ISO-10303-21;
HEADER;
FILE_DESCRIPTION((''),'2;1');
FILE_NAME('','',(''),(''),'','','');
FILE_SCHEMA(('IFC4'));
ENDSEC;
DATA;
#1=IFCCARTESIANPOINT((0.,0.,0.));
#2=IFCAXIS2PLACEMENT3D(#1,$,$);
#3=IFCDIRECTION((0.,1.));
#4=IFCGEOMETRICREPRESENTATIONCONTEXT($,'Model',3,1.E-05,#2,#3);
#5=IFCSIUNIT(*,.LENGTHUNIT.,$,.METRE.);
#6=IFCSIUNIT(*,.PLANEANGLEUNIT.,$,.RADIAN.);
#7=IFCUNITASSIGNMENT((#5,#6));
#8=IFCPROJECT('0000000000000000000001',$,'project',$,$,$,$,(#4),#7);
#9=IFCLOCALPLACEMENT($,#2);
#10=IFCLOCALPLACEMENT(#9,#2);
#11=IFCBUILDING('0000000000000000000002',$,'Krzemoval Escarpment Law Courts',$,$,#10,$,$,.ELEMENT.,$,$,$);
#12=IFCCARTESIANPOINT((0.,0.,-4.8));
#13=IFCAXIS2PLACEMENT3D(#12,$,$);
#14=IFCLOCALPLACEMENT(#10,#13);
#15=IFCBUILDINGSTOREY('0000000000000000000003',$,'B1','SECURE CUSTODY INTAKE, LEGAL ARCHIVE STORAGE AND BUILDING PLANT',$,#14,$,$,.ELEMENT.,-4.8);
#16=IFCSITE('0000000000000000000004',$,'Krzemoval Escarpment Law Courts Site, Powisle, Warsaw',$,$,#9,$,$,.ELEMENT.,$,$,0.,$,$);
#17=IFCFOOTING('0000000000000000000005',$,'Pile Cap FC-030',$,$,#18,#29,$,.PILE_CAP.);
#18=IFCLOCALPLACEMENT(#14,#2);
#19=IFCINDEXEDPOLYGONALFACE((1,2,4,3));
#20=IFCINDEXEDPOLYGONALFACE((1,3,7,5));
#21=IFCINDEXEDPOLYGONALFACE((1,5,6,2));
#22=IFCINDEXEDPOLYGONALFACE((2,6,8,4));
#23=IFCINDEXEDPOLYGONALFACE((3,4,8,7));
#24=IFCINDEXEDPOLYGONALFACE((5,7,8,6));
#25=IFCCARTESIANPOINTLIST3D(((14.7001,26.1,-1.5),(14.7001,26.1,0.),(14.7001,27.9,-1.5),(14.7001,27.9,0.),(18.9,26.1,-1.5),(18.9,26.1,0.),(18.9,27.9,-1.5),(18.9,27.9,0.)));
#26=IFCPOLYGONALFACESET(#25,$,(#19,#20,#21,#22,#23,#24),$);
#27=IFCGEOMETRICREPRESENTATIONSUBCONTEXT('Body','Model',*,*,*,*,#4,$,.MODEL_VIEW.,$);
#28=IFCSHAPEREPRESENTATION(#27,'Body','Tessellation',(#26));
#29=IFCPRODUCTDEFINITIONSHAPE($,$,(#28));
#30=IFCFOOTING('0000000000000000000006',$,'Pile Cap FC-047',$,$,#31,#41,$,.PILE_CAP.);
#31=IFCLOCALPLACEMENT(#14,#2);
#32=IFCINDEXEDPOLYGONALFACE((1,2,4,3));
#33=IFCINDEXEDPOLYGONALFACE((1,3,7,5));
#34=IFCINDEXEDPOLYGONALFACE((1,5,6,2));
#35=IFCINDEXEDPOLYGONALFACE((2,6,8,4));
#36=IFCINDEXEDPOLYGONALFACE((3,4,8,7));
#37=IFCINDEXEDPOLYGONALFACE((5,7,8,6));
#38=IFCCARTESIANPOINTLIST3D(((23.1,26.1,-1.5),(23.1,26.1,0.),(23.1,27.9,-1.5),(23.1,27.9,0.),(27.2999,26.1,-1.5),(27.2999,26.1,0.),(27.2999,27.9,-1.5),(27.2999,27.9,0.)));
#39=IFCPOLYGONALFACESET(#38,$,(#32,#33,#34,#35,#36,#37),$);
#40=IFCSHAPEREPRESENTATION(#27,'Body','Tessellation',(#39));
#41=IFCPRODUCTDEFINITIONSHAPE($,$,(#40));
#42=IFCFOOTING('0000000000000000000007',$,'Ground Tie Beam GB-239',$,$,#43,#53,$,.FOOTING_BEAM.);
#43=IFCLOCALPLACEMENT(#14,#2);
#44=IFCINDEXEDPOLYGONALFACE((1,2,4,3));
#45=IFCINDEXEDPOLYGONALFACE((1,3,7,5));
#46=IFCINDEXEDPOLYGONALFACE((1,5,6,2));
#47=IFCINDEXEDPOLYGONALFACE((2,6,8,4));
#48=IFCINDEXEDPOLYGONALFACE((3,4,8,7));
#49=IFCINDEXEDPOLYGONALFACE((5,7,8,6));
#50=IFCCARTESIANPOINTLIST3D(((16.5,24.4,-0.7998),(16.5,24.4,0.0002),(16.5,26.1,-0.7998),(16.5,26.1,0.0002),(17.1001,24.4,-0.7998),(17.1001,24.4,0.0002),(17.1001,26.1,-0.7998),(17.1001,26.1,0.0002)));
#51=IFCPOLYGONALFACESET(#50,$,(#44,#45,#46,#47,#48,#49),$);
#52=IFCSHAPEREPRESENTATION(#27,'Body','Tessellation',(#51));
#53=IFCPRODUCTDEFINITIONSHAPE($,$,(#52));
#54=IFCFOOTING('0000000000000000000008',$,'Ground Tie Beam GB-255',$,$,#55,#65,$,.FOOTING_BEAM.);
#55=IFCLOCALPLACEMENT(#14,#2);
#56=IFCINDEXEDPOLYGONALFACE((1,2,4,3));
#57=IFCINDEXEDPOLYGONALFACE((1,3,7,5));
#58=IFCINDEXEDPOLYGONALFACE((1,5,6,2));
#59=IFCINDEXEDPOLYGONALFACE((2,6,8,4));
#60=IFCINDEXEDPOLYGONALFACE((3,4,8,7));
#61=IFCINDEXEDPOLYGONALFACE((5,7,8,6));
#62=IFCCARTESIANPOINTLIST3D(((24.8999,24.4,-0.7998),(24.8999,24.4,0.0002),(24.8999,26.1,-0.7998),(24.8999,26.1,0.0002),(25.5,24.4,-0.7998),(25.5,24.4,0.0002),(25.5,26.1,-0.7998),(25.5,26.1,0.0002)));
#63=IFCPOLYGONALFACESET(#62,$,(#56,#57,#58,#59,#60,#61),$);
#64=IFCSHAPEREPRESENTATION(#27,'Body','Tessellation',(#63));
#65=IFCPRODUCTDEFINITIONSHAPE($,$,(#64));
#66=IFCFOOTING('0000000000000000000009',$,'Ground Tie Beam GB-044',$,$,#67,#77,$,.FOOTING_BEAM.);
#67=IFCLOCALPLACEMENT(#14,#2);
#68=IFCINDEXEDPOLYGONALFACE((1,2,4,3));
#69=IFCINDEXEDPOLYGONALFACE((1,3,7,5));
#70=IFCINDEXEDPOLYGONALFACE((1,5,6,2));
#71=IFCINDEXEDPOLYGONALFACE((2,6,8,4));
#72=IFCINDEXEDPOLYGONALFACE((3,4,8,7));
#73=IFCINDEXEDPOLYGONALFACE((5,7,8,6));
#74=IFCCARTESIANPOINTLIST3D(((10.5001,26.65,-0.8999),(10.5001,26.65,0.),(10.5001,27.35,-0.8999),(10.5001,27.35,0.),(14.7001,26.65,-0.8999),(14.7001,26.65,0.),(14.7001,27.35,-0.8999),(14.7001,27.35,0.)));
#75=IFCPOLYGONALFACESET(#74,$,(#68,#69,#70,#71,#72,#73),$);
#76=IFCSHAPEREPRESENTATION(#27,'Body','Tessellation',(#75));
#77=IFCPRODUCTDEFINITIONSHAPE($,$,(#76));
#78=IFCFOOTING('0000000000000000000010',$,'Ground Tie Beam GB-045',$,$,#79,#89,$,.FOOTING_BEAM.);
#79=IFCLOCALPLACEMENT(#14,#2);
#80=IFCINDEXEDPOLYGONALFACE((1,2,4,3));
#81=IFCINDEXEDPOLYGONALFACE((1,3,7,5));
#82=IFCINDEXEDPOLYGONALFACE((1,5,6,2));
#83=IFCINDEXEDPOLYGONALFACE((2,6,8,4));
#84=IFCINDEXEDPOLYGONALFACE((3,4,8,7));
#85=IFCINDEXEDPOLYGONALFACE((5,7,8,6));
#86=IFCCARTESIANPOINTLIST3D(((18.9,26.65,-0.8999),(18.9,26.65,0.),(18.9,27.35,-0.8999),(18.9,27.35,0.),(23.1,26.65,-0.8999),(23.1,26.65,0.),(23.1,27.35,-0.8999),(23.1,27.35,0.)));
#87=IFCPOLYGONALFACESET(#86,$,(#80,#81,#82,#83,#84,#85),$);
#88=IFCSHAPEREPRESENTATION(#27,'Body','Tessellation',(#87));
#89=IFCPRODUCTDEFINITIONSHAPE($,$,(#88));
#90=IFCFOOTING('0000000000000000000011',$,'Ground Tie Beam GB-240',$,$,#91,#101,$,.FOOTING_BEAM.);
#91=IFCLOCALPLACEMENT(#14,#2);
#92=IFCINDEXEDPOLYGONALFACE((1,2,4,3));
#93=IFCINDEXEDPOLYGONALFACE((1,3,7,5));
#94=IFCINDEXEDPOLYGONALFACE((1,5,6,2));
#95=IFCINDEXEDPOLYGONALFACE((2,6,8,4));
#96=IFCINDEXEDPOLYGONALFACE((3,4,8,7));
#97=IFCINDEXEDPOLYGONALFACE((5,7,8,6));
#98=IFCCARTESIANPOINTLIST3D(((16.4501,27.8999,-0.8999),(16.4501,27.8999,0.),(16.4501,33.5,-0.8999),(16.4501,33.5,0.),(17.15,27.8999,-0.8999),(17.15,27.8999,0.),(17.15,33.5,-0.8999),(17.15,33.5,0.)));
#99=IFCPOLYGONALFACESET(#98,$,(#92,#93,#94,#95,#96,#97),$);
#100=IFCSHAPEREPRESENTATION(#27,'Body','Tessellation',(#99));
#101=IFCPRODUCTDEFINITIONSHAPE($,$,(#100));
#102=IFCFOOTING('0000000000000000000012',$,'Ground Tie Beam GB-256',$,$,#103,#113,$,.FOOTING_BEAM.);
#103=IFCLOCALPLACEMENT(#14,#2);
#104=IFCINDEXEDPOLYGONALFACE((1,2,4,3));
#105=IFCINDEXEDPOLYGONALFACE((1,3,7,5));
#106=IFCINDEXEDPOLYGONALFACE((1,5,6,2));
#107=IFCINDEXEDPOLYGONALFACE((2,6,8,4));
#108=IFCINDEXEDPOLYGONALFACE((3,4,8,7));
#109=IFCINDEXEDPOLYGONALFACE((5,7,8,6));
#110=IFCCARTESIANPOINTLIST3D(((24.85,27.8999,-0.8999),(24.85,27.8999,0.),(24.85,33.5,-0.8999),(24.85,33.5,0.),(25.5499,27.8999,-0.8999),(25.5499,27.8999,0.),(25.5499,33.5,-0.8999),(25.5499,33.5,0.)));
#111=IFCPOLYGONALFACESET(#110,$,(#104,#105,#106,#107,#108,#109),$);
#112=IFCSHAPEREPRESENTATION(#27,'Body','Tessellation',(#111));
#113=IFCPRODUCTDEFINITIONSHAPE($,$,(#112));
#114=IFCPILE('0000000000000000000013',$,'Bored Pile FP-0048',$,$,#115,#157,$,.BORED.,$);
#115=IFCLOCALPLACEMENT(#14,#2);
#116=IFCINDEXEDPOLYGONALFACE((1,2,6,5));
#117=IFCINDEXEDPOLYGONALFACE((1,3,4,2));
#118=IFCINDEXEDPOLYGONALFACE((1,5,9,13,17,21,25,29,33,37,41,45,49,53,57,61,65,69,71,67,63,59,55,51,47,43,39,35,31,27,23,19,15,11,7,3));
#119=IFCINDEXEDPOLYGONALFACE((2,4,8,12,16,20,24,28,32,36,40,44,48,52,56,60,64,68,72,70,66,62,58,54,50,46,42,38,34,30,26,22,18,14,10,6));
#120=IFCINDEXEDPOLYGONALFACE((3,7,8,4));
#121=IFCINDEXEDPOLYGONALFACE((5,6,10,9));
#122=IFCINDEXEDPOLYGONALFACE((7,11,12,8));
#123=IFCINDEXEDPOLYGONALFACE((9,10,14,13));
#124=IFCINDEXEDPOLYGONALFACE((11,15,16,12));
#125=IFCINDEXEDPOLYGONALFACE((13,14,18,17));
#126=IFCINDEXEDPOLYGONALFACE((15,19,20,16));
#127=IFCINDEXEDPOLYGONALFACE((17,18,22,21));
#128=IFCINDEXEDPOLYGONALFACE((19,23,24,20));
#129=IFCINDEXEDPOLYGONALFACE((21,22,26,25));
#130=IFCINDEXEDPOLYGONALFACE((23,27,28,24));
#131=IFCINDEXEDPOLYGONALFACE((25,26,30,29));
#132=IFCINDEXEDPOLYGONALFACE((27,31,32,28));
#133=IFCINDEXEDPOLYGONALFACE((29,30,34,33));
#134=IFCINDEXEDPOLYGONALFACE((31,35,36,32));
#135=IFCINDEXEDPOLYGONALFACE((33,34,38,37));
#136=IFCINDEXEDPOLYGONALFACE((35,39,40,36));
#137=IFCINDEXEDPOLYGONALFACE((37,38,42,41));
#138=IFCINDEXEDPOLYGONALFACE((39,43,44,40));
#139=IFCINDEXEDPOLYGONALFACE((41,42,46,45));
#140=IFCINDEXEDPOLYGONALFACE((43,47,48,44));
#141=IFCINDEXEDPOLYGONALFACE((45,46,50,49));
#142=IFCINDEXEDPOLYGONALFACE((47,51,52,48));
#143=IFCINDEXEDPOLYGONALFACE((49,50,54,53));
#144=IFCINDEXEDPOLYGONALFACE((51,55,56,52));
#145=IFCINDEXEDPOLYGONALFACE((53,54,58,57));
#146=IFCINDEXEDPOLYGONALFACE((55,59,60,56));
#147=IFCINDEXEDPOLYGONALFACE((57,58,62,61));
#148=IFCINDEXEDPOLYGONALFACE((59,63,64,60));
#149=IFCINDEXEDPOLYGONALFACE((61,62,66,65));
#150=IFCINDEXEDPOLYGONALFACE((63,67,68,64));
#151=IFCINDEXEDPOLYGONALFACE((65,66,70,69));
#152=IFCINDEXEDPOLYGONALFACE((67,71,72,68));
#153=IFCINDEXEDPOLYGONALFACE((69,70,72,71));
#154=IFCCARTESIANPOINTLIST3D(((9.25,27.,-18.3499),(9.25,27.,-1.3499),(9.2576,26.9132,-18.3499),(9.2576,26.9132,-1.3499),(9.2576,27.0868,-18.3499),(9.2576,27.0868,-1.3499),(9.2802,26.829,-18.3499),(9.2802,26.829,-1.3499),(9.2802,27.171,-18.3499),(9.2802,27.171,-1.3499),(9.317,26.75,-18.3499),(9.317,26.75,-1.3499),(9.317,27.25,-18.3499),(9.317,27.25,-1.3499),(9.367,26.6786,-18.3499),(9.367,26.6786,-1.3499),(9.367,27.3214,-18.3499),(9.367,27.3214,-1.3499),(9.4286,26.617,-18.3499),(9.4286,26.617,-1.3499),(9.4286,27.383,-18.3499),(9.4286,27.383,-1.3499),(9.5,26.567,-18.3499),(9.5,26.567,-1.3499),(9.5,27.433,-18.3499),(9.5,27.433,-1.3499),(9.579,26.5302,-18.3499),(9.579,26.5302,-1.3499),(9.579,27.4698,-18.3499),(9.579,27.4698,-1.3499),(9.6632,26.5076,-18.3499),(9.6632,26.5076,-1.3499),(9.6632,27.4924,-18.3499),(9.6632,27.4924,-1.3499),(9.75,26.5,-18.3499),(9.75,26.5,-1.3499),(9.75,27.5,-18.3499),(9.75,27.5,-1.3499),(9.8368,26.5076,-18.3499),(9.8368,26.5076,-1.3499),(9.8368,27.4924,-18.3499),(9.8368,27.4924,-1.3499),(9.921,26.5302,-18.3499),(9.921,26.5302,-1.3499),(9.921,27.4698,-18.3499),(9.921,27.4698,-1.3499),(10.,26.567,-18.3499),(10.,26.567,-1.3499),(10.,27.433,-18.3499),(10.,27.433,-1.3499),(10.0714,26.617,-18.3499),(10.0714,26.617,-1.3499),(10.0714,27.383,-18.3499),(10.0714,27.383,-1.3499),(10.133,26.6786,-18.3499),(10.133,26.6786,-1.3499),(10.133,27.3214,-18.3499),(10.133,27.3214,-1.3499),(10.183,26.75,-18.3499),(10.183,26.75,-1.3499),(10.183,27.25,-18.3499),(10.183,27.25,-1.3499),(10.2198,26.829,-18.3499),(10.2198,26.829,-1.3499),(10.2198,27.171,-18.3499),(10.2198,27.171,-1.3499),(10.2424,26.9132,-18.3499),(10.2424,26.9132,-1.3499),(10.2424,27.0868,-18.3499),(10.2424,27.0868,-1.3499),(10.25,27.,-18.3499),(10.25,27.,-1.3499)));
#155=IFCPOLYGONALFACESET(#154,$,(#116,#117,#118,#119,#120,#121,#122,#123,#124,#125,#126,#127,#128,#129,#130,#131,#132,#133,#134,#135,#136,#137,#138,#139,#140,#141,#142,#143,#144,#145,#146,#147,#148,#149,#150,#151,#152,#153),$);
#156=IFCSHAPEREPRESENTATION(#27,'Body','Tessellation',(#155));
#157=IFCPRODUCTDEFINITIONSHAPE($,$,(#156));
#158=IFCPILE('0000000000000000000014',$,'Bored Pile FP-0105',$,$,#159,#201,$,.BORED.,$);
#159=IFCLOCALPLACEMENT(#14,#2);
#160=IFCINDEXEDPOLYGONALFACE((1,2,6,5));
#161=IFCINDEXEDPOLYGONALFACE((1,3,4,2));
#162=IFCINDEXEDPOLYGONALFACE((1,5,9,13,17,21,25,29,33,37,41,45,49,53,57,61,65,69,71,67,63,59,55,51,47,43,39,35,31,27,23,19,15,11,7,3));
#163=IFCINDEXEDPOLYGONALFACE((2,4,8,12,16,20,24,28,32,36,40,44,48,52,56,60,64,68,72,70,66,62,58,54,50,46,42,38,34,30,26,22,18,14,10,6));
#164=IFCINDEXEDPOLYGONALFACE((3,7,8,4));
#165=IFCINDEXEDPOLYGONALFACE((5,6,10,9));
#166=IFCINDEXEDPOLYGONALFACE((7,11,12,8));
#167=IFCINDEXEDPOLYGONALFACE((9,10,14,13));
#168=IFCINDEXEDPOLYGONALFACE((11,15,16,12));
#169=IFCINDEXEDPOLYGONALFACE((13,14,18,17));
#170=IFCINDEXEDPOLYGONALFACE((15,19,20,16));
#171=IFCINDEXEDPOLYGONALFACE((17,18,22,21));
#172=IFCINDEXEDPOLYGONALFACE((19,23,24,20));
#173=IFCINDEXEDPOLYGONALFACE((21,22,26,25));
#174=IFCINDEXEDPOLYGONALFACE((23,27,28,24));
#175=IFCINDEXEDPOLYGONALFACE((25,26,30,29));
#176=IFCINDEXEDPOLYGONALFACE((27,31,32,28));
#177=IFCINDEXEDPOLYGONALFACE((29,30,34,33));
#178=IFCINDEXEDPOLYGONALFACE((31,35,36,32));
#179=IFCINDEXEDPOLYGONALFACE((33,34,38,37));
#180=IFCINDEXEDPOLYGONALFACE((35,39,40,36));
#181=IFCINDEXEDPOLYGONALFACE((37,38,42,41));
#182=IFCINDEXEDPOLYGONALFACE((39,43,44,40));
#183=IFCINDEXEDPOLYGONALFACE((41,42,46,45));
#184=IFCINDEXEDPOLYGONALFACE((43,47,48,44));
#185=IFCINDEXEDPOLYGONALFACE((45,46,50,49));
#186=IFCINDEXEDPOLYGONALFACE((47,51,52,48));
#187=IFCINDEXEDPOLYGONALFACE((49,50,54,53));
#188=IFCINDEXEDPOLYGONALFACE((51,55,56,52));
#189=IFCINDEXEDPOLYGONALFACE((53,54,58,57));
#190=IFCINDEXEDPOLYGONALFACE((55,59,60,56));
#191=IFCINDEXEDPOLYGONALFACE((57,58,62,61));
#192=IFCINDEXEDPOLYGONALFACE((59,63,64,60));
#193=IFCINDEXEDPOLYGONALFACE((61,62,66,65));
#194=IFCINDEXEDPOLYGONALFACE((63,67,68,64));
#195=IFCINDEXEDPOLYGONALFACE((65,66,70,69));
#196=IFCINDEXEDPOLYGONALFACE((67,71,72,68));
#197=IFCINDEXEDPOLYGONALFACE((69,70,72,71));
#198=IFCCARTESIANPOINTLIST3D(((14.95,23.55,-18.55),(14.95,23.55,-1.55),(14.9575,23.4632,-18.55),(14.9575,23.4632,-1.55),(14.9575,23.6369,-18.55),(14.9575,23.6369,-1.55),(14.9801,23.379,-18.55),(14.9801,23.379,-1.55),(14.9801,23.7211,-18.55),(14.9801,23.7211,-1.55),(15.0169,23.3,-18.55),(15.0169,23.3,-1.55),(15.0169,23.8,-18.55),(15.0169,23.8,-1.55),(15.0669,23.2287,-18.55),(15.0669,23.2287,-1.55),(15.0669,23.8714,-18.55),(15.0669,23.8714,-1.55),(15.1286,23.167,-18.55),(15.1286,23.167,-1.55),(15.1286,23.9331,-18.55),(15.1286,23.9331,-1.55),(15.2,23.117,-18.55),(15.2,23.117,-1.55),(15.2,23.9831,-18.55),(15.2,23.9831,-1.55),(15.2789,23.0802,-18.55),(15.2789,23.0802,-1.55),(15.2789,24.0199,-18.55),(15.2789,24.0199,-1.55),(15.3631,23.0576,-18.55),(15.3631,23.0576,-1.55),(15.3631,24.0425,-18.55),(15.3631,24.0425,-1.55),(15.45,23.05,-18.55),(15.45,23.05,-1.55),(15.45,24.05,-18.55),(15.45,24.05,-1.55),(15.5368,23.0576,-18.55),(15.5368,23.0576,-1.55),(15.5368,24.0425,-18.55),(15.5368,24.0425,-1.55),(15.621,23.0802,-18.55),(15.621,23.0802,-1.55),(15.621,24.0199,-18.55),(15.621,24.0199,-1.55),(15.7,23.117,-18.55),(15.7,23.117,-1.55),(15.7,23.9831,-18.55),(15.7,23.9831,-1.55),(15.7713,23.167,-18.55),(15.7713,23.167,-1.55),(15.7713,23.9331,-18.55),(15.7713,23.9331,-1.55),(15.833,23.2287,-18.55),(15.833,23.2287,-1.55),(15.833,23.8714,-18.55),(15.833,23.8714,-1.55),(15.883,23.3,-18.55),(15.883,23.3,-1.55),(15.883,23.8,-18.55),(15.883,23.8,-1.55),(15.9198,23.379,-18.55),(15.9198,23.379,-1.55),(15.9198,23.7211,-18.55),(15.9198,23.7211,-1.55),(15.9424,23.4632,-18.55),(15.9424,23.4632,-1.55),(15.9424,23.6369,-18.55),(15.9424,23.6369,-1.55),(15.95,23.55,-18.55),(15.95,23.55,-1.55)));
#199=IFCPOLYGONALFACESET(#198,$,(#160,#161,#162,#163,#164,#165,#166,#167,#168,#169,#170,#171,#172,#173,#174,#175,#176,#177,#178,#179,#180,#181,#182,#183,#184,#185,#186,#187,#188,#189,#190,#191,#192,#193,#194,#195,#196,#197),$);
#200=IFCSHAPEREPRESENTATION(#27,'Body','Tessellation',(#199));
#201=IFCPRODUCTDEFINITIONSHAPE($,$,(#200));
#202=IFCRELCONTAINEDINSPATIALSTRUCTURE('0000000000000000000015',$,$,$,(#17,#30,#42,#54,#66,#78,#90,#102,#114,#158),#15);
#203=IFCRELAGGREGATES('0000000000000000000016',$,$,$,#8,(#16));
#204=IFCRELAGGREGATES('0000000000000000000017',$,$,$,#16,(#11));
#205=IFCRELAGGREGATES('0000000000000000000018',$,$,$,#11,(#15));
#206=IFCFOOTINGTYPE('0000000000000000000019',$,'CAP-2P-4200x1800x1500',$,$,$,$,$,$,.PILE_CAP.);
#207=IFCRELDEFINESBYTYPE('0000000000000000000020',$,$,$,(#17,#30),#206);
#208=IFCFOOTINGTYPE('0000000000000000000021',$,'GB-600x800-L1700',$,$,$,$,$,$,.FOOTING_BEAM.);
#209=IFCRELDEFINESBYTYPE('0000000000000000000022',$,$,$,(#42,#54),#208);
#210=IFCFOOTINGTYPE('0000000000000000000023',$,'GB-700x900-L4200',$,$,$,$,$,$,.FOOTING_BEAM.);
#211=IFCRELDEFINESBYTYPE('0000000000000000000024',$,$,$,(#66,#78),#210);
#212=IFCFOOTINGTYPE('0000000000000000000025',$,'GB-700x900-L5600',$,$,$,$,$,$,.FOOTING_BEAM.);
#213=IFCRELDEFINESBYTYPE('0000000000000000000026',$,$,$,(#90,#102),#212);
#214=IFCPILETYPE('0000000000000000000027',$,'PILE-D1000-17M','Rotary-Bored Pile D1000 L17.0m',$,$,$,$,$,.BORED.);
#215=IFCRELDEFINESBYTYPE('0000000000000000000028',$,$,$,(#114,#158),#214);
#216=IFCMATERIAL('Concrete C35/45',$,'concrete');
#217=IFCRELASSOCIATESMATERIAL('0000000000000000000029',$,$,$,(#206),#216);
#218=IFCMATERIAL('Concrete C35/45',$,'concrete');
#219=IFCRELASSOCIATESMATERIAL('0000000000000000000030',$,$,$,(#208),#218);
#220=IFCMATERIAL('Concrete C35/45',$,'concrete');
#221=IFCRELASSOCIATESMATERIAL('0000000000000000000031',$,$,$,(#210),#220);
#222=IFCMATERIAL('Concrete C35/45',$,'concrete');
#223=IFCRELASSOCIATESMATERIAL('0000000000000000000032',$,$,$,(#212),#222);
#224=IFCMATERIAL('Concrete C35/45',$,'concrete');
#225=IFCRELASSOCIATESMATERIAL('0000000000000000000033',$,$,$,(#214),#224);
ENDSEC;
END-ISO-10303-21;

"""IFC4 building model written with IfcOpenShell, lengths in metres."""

from ifc_helpers import new_model, si_unit, direction, frame, origin, origin_2d, place, context, subcontext, project, spatial, rectangle, circle, extrude, material, material_profile, profile_set, type_object, element, save


model = new_model("IFC4")

# Units and contexts
model_context = context("Model", 3, precision=1e-05, world=origin(), true_north=direction((0.0, 1.0)))
body_context = subcontext(model_context, "Body", "Model", "MODEL_VIEW")
ifc_project = project(units=[si_unit("LENGTHUNIT", "METRE"), si_unit("PLANEANGLEUNIT", "RADIAN")], contexts=[model_context])

# Site, building, storey
site_placement = place(None, origin())
site = spatial("IfcSite", under=ifc_project, at=site_placement, Name="Krzemoval Escarpment Law Courts Site, Powisle, Warsaw", CompositionType="ELEMENT", RefElevation=0.0)
building_placement = place(site_placement, origin())
building = spatial("IfcBuilding", under=site, at=building_placement, Name="Krzemoval Escarpment Law Courts", CompositionType="ELEMENT")
storey_placement = place(building_placement, frame((0.0, 0.0, -4.8)))
storey = spatial("IfcBuildingStorey", under=building, at=storey_placement, Name="B1", Description="SECURE CUSTODY INTAKE, LEGAL ARCHIVE STORAGE AND BUILDING PLANT", CompositionType="ELEMENT", Elevation=-4.8)

# Footings
ifc_material_1 = material(Name="Concrete C35/45", Category="concrete")
footing_type_1 = type_object("IfcFootingType", Name="CAP-2P-4200x1800x1500", PredefinedType="PILE_CAP", material=ifc_material_1)
for number, where, z_axis, x_axis, name in (
    (1, (16.8, 27.0, -1.5), (0.0, 0.0, 1.0), (1.0, 0.0, 0.0), "Pile Cap FC-030"),
    (2, (25.2, 27.0, -1.5), (0.0, 0.0, 1.0), (1.0, 0.0, 0.0), "Pile Cap FC-047"),
):
    element("IfcFooting", number, at=place(storey_placement, frame(where, z_axis=z_axis, x_axis=x_axis)), inside=storey, type_object=footing_type_1, Name=name, PredefinedType="PILE_CAP", context=body_context, shape_type="SweptSolid", body=[
        extrude(rectangle(XDim=4.2, YDim=1.8, at=origin_2d()), origin(), (0.0, 0.0, 1.0), 1.5),
    ])
ifc_material_2 = material(Name="Concrete C35/45", Category="concrete")
footing_type_2 = type_object("IfcFootingType", Name="GB-600x800-L1700", PredefinedType="FOOTING_BEAM", material=ifc_material_2)
for number, where, z_axis, x_axis, name in (
    (3, (16.8, 25.25, -0.7998), (0.0, 0.0, 1.0), (0.0, 1.0, 0.0), "Ground Tie Beam GB-239"),
    (4, (25.2, 25.25, -0.7998), (0.0, 0.0, 1.0), (0.0, 1.0, 0.0), "Ground Tie Beam GB-255"),
):
    element("IfcFooting", number, at=place(storey_placement, frame(where, z_axis=z_axis, x_axis=x_axis)), inside=storey, type_object=footing_type_2, Name=name, PredefinedType="FOOTING_BEAM", context=body_context, shape_type="SweptSolid", body=[
        extrude(rectangle(XDim=1.7, YDim=0.6001, at=origin_2d()), origin(), (0.0, 0.0, 1.0), 0.8),
    ])
ifc_material_3 = material(Name="Concrete C35/45", Category="concrete")
footing_type_3 = type_object("IfcFootingType", Name="GB-700x900-L4200", PredefinedType="FOOTING_BEAM", material=ifc_material_3)
for number, where, z_axis, x_axis, name in (
    (5, (12.6001, 27.0, -0.8999), (0.0, 0.0, 1.0), (1.0, 0.0, 0.0), "Ground Tie Beam GB-044"),
    (6, (21.0, 27.0, -0.8999), (0.0, 0.0, 1.0), (1.0, 0.0, 0.0), "Ground Tie Beam GB-045"),
):
    element("IfcFooting", number, at=place(storey_placement, frame(where, z_axis=z_axis, x_axis=x_axis)), inside=storey, type_object=footing_type_3, Name=name, PredefinedType="FOOTING_BEAM", context=body_context, shape_type="SweptSolid", body=[
        extrude(rectangle(XDim=4.2, YDim=0.7, at=origin_2d()), origin(), (0.0, 0.0, 1.0), 0.8999),
    ])
ifc_material_4 = material(Name="Concrete C35/45", Category="concrete")
footing_type_4 = type_object("IfcFootingType", Name="GB-700x900-L5600", PredefinedType="FOOTING_BEAM", material=ifc_material_4)
for number, where, z_axis, x_axis, name in (
    (7, (16.8, 30.7, -0.8999), (0.0, 0.0, 1.0), (0.0, 1.0, 0.0), "Ground Tie Beam GB-240"),
    (8, (25.2, 30.7, -0.8999), (0.0, 0.0, 1.0), (0.0, 1.0, 0.0), "Ground Tie Beam GB-256"),
):
    element("IfcFooting", number, at=place(storey_placement, frame(where, z_axis=z_axis, x_axis=x_axis)), inside=storey, type_object=footing_type_4, Name=name, PredefinedType="FOOTING_BEAM", context=body_context, shape_type="SweptSolid", body=[
        extrude(rectangle(XDim=5.6001, YDim=0.7, at=origin_2d()), origin(), (0.0, 0.0, 1.0), 0.8999),
    ])

# Piles
ifc_material_5 = material(Name="Concrete C35/45", Category="concrete")
ifc_material_profile_1 = material_profile(ifc_material_5, circle(Radius=0.5, at=origin_2d()), Name="PILE D1000")
ifc_profile_set_1 = profile_set([ifc_material_profile_1], Name="Concrete C35/45")
pile_type_1 = type_object("IfcPileType", Name="PILE-D1000-17M", Description="Rotary-Bored Pile D1000 L17.0m", PredefinedType="BORED", material=ifc_profile_set_1)
for number, where, z_axis, x_axis, name in (
    (9, (9.75, 27.0, -1.3499), (0.0, 0.0, -1.0), (1.0, 0.0, 0.0), "Bored Pile FP-0048"),
    (10, (15.45, 23.55, -1.55), (0.0, 0.0, -1.0), (1.0, 0.0, 0.0), "Bored Pile FP-0105"),
):
    element("IfcPile", number, at=place(storey_placement, frame(where, z_axis=z_axis, x_axis=x_axis)), inside=storey, type_object=pile_type_1, Name=name, PredefinedType="BORED", context=body_context, shape_type="SweptSolid", body=[
        extrude(circle(Radius=0.5, at=origin_2d()), origin(), (0.0, 0.0, 1.0), 17.0),
    ])

save(model, "model.ifc")
